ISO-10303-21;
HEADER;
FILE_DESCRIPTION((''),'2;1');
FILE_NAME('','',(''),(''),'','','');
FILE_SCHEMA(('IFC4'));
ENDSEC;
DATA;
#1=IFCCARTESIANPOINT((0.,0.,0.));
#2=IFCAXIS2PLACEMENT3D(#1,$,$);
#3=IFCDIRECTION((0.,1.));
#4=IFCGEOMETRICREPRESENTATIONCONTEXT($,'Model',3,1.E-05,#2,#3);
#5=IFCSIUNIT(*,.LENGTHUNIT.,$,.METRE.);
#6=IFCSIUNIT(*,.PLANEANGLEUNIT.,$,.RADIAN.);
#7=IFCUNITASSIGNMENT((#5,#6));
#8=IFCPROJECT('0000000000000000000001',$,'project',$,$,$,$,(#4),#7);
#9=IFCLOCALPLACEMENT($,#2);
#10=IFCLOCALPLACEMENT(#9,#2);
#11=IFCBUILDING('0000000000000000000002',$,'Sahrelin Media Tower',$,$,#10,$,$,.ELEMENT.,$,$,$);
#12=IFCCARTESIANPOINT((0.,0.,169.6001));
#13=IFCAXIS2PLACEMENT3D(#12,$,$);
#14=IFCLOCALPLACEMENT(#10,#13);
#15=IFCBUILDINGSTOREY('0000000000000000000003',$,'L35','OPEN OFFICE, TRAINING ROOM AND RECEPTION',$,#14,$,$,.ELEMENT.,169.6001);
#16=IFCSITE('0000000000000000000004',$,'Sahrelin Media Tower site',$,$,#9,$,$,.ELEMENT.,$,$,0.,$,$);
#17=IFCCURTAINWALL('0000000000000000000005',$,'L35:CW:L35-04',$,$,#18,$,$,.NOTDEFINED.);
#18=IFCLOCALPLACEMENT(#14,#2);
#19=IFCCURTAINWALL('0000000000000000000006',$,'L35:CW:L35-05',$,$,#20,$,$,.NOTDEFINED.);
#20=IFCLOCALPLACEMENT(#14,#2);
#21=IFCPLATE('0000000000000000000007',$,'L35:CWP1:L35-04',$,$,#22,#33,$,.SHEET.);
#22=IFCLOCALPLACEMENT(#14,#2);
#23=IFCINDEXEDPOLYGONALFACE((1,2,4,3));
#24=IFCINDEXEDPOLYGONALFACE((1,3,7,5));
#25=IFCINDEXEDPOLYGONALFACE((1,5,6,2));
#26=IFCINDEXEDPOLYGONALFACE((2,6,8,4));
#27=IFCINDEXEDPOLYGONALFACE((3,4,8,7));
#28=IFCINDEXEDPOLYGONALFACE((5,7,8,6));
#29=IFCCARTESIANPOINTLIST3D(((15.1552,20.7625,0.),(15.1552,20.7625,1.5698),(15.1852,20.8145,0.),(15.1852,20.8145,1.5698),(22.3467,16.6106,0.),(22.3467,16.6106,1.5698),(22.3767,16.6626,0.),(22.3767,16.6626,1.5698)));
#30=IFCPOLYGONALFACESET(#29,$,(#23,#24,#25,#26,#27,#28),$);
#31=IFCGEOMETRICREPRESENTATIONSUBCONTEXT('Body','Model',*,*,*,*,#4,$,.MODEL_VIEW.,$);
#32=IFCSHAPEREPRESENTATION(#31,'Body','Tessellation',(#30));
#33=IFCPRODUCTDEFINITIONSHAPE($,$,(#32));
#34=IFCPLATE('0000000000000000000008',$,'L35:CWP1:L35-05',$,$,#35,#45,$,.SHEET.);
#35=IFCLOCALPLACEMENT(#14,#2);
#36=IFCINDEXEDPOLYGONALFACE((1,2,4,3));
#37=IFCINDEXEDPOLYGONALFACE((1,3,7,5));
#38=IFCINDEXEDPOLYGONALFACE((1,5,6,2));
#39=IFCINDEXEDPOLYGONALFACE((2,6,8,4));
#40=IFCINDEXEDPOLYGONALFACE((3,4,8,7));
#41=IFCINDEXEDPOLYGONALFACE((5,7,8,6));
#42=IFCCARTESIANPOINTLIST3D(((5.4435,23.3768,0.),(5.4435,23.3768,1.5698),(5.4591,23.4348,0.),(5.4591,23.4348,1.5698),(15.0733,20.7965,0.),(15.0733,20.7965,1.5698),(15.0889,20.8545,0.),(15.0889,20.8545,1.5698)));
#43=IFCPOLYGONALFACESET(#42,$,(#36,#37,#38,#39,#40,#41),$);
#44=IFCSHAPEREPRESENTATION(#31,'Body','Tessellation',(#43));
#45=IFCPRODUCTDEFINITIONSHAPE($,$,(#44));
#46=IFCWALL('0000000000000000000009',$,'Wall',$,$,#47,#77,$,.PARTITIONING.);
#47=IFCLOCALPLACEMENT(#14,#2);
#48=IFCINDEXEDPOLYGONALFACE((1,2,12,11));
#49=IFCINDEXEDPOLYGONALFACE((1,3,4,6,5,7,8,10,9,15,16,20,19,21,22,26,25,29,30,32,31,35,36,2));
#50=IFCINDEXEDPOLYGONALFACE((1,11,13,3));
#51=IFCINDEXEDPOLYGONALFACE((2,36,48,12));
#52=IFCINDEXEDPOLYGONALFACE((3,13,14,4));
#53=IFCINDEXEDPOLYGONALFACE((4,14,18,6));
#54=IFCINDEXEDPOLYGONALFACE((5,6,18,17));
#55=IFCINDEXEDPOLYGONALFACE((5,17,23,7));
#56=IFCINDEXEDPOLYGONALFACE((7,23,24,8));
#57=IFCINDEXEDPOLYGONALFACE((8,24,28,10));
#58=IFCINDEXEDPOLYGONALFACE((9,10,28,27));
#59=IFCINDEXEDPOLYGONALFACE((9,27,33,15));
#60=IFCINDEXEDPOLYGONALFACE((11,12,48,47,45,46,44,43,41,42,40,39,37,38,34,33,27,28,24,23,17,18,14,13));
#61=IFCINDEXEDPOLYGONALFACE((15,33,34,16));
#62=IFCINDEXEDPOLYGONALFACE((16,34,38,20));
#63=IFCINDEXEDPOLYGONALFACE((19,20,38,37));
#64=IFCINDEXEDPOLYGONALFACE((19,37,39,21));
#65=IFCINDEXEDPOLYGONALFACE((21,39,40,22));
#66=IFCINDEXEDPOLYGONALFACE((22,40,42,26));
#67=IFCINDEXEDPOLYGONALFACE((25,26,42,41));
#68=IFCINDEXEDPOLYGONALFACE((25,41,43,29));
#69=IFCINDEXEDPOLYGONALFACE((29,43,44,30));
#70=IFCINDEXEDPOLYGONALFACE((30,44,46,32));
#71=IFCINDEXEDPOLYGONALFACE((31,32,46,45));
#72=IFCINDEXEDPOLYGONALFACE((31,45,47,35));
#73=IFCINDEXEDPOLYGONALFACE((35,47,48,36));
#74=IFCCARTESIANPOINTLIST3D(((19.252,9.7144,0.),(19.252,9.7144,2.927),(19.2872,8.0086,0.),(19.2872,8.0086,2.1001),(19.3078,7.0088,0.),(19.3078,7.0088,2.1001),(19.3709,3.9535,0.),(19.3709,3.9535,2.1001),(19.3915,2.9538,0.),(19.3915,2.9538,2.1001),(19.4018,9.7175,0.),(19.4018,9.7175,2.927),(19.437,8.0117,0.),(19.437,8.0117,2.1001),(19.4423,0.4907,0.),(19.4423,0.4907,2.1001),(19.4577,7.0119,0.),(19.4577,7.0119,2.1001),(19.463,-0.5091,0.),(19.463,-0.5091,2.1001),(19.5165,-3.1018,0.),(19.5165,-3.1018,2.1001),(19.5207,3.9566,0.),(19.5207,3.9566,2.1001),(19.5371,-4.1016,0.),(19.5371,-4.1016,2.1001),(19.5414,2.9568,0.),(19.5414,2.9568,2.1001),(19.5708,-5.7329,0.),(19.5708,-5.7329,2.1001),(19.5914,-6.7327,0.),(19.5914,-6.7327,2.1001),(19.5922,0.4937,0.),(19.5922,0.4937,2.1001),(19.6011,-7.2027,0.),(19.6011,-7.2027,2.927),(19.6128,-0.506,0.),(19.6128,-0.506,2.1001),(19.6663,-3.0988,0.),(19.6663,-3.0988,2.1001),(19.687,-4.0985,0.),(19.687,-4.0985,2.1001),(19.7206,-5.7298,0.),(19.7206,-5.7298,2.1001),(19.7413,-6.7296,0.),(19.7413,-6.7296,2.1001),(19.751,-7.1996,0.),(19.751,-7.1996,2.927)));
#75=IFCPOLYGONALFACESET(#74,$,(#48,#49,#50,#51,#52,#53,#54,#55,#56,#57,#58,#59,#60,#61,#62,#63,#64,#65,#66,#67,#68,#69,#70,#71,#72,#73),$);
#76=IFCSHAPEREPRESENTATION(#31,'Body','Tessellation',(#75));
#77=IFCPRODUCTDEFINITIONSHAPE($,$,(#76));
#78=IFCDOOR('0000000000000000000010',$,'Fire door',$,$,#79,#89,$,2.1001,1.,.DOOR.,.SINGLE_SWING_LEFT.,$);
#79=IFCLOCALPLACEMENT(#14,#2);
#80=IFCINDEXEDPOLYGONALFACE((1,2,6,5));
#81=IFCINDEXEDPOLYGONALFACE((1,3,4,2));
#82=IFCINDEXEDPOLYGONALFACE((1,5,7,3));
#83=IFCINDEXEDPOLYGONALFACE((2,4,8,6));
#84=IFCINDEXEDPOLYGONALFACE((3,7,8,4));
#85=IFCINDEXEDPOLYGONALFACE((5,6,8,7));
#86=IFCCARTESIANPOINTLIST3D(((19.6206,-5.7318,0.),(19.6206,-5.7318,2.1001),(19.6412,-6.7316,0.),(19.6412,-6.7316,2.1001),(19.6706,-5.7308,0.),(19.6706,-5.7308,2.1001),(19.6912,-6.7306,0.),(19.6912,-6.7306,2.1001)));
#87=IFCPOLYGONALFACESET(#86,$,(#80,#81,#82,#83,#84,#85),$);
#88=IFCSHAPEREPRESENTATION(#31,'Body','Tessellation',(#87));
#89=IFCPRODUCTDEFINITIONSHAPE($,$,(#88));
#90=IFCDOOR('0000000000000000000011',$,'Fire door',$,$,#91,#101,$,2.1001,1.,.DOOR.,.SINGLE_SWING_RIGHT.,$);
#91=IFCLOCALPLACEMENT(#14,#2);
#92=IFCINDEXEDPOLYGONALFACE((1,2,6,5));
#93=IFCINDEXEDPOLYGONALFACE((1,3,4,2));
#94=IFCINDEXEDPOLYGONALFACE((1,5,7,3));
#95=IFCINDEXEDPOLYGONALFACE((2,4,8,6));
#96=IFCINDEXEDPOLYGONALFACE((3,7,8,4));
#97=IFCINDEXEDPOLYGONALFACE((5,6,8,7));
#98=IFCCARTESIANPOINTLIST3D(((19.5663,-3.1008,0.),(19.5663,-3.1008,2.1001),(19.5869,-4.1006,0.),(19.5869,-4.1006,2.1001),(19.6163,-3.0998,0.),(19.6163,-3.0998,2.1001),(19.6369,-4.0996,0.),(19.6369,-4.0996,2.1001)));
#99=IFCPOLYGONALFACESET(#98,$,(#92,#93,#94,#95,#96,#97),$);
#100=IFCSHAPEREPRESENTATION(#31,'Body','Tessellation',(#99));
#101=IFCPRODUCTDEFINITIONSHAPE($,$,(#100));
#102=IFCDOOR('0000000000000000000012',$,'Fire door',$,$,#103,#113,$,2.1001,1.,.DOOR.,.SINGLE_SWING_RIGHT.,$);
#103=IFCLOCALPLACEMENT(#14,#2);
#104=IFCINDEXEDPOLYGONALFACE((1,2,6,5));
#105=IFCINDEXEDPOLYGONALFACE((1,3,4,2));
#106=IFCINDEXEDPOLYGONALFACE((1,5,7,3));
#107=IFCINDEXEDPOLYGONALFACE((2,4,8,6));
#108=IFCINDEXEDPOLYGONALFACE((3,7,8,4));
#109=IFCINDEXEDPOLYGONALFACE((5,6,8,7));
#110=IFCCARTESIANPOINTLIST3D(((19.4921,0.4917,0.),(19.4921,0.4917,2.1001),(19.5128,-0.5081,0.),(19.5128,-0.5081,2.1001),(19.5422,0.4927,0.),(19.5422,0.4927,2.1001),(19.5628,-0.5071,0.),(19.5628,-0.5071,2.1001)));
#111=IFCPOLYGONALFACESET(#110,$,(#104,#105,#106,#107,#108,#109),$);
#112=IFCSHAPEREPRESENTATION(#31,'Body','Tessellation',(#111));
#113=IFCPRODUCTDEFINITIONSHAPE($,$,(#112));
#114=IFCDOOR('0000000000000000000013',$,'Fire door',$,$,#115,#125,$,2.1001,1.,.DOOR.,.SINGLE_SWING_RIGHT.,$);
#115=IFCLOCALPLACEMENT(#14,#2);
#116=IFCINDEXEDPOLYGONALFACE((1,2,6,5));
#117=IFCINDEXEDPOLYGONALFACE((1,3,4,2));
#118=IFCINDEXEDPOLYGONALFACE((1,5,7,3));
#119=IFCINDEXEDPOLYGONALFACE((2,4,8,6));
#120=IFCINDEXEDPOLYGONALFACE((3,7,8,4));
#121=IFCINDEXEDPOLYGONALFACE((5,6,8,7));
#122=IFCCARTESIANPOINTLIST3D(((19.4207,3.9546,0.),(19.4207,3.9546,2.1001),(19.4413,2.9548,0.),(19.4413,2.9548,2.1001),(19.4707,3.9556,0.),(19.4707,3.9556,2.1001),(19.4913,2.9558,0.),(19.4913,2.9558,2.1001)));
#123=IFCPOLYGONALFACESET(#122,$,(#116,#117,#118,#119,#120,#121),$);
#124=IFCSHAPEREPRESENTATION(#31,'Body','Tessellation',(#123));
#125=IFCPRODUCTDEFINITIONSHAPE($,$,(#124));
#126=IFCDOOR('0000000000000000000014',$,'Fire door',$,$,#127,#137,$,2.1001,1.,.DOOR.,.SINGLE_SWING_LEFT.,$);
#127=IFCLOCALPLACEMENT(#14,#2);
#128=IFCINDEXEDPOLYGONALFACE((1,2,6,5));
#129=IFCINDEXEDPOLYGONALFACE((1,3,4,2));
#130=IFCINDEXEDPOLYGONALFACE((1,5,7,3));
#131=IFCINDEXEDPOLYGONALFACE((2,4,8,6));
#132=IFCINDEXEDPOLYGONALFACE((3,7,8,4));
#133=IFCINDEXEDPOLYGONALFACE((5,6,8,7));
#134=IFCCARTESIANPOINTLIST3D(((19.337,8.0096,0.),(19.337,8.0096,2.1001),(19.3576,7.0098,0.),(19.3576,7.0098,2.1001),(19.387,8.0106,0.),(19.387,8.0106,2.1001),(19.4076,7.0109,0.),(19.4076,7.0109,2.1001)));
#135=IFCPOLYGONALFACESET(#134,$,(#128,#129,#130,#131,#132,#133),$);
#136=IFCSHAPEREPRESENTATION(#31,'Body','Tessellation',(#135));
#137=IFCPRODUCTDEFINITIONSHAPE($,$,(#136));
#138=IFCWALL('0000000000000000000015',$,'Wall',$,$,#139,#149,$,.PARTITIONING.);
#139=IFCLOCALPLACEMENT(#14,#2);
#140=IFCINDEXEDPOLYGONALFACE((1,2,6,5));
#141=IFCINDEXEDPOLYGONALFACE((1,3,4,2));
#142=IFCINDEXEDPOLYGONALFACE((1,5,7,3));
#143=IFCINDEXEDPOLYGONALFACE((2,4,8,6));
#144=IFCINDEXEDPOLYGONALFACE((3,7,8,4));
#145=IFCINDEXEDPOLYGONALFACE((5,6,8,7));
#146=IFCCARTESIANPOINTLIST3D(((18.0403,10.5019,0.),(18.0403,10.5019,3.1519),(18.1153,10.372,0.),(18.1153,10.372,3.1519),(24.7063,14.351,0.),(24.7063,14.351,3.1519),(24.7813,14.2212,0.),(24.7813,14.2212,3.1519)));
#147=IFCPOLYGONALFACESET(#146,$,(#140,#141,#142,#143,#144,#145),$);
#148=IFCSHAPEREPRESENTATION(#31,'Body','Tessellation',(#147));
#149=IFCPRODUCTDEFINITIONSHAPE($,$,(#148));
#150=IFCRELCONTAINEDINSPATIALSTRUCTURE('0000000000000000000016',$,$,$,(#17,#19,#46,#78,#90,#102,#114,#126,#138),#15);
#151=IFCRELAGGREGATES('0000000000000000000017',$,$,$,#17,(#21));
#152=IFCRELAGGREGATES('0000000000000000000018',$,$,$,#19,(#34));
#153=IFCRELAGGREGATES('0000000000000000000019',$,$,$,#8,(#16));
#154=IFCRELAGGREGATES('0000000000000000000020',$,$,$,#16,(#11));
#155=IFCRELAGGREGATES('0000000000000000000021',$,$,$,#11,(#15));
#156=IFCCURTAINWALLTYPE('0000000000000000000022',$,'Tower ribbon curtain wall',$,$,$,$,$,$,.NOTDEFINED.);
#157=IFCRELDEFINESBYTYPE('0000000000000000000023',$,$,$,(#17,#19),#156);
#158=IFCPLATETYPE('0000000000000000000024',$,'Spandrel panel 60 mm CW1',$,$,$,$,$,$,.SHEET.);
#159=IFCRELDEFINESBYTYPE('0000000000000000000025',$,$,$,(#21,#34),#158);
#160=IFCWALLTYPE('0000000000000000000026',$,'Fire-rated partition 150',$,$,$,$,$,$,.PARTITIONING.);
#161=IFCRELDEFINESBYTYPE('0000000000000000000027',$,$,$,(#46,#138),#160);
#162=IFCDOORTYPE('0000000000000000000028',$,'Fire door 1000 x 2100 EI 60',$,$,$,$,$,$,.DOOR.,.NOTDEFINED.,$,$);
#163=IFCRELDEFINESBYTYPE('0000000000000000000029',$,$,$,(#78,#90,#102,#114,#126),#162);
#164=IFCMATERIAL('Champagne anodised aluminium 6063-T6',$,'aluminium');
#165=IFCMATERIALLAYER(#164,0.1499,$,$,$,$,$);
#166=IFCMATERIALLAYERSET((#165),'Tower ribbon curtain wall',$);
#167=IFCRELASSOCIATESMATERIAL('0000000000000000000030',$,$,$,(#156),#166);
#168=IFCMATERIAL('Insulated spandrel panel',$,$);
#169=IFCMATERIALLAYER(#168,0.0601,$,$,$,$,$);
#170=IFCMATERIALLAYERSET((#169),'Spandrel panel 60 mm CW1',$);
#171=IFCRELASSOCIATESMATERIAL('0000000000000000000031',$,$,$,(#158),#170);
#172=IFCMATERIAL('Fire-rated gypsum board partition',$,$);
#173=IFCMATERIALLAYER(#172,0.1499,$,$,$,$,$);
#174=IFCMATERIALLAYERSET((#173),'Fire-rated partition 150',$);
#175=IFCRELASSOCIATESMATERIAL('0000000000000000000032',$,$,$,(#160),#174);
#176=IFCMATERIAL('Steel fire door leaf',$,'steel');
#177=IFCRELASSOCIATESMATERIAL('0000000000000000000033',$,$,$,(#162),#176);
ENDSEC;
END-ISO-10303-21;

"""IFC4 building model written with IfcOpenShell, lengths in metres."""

from ifc_helpers import new_model, si_unit, direction, frame, frame_2d, origin, place, context, subcontext, project, spatial, polyline, rectangle, outline, extrude, material, layer, layer_set, type_object, element, fill, aggregate, save


model = new_model("IFC4")

# Units and contexts
model_context = context("Model", 3, precision=1e-05, world=origin(), true_north=direction((0.0, 1.0)))
body_context = subcontext(model_context, "Body", "Model", "MODEL_VIEW")
ifc_project = project(units=[si_unit("LENGTHUNIT", "METRE"), si_unit("PLANEANGLEUNIT", "RADIAN")], contexts=[model_context])

# Site, building, storey
site_placement = place(None, origin())
site = spatial("IfcSite", under=ifc_project, at=site_placement, Name="Sahrelin Media Tower site", CompositionType="ELEMENT", RefElevation=0.0)
building_placement = place(site_placement, origin())
building = spatial("IfcBuilding", under=site, at=building_placement, Name="Sahrelin Media Tower", CompositionType="ELEMENT")
storey_placement = place(building_placement, frame((0.0, 0.0, 169.6001)))
storey = spatial("IfcBuildingStorey", under=building, at=storey_placement, Name="L35", Description="OPEN OFFICE, TRAINING ROOM AND RECEPTION", CompositionType="ELEMENT", Elevation=169.6001)

# Curtain wall
ifc_material_1 = material(Name="Champagne anodised aluminium 6063-T6", Category="aluminium")
ifc_layer_1 = layer(ifc_material_1, 0.1499)
ifc_layer_set_1 = layer_set([ifc_layer_1], Name="Tower ribbon curtain wall")
curtain_wall_type = type_object("IfcCurtainWallType", Name="Tower ribbon curtain wall", PredefinedType="NOTDEFINED", material=ifc_layer_set_1)
curtain_wall_1_placement = place(storey_placement, frame((18.771, 18.7212, 0.0), z_axis=(0.0, 0.0, 1.0), x_axis=(1.0, 0.0, 0.0)))
curtain_wall_1 = element("IfcCurtainWall", 1, at=curtain_wall_1_placement, inside=storey, type_object=curtain_wall_type, Name="L35:CW:L35-04", PredefinedType="NOTDEFINED")

# Curtain wall
curtain_wall_2_placement = place(storey_placement, frame((10.2688, 22.1252, 0.0), z_axis=(0.0, 0.0, 1.0), x_axis=(1.0, 0.0, 0.0)))
curtain_wall_2 = element("IfcCurtainWall", 2, at=curtain_wall_2_placement, inside=storey, type_object=curtain_wall_type, Name="L35:CW:L35-05", PredefinedType="NOTDEFINED")

# Plates
ifc_material_2 = material(Name="Insulated spandrel panel")
ifc_layer_2 = layer(ifc_material_2, 0.0601)
ifc_layer_set_2 = layer_set([ifc_layer_2], Name="Spandrel panel 60 mm CW1")
plate_type_1 = type_object("IfcPlateType", Name="Spandrel panel 60 mm CW1", PredefinedType="SHEET", material=ifc_layer_set_2)
plate_1_placement = place(storey_placement, frame((22.3767, 16.6626, 0.0), z_axis=(0.499991, 0.866031, 0.0), x_axis=(-0.866031, 0.499991, 0.0)))
plate_1 = element("IfcPlate", 3, at=plate_1_placement, type_object=plate_type_1, Name="L35:CWP1:L35-04", PredefinedType="SHEET", context=body_context, shape_type="SweptSolid", body=[
    extrude(outline(polyline([(0.0, 0.0), (8.304, 0.0), (8.304, 1.5698), (0.0, 1.5698), (0.0, 0.0)])), origin(), (0.0, 0.0, -1.0), 0.0601),
])
aggregate(curtain_wall_1, [plate_1])
plate_2_placement = place(storey_placement, frame((15.0889, 20.8545, 0.0), z_axis=(0.258819, 0.965926, 0.0), x_axis=(-0.965926, 0.258819, 0.0)))
plate_2 = element("IfcPlate", 4, at=plate_2_placement, type_object=plate_type_1, Name="L35:CWP1:L35-05", PredefinedType="SHEET", context=body_context, shape_type="SweptSolid", body=[
    extrude(outline(polyline([(0.0, 0.0), (9.9695, 0.0), (9.9695, 1.5698), (0.0, 1.5698), (0.0, 0.0)])), origin(), (0.0, 0.0, -1.0), 0.0601),
])
aggregate(curtain_wall_2, [plate_2])

# Wall, openings, doors
ifc_material_3 = material(Name="Fire-rated gypsum board partition")
ifc_layer_3 = layer(ifc_material_3, 0.1499)
ifc_layer_set_3 = layer_set([ifc_layer_3], Name="Fire-rated partition 150")
wall_type_1 = type_object("IfcWallType", Name="Fire-rated partition 150", PredefinedType="PARTITIONING", material=ifc_layer_set_3)
wall_1_placement = place(storey_placement, frame((19.3269, 9.7161, 0.0), z_axis=(0.0, 0.0, 1.0), x_axis=(0.020633, -0.999787, 0.0)))
wall_1 = element("IfcWall", 5, at=wall_1_placement, inside=storey, type_object=wall_type_1, Name="Wall", PredefinedType="PARTITIONING", context=body_context, shape_type="SweptSolid", body=[
    extrude(rectangle(XDim=16.9207, YDim=0.1499, at=frame_2d((8.4604, 0.0))), origin(), (0.0, 0.0, 1.0), 2.927),
])
opening_1_placement = place(wall_1_placement, frame((15.4507, 0.0, 0.0)))
opening_1 = element("IfcOpeningElement", 6, at=opening_1_placement, cuts=wall_1, PredefinedType="OPENING", context=body_context, shape_type="SweptSolid", body=[
    extrude(rectangle(XDim=1.0, YDim=2.1001, at=frame_2d((0.5, 1.05))), frame((0.0, 0.075, 0.0), z_axis=(0.0, -1.0, 0.0), x_axis=(1.0, 0.0, 0.0)), (0.0, 0.0, 1.0), 0.1499),
])
opening_2_placement = place(wall_1_placement, frame((12.8191, 0.0, 0.0)))
opening_2 = element("IfcOpeningElement", 7, at=opening_2_placement, cuts=wall_1, PredefinedType="OPENING", context=body_context, shape_type="SweptSolid", body=[
    extrude(rectangle(XDim=1.0, YDim=2.1001, at=frame_2d((0.5, 1.05))), frame((0.0, 0.075, 0.0), z_axis=(0.0, -1.0, 0.0), x_axis=(1.0, 0.0, 0.0)), (0.0, 0.0, 1.0), 0.1499),
])
opening_3_placement = place(wall_1_placement, frame((9.2258, 0.0, 0.0)))
opening_3 = element("IfcOpeningElement", 8, at=opening_3_placement, cuts=wall_1, PredefinedType="OPENING", context=body_context, shape_type="SweptSolid", body=[
    extrude(rectangle(XDim=1.0, YDim=2.1001, at=frame_2d((0.5, 1.05))), frame((0.0, 0.075, 0.0), z_axis=(0.0, -1.0, 0.0), x_axis=(1.0, 0.0, 0.0)), (0.0, 0.0, 1.0), 0.1499),
])
opening_4_placement = place(wall_1_placement, frame((5.7622, 0.0, 0.0)))
opening_4 = element("IfcOpeningElement", 9, at=opening_4_placement, cuts=wall_1, PredefinedType="OPENING", context=body_context, shape_type="SweptSolid", body=[
    extrude(rectangle(XDim=1.0, YDim=2.1001, at=frame_2d((0.5, 1.05))), frame((0.0, 0.075, 0.0), z_axis=(0.0, -1.0, 0.0), x_axis=(1.0, 0.0, 0.0)), (0.0, 0.0, 1.0), 0.1499),
])
opening_5_placement = place(wall_1_placement, frame((1.7063, 0.0, 0.0)))
opening_5 = element("IfcOpeningElement", 10, at=opening_5_placement, cuts=wall_1, PredefinedType="OPENING", context=body_context, shape_type="SweptSolid", body=[
    extrude(rectangle(XDim=1.0, YDim=2.1001, at=frame_2d((0.5, 1.05))), frame((0.0, 0.075, 0.0), z_axis=(0.0, -1.0, 0.0), x_axis=(1.0, 0.0, 0.0)), (0.0, 0.0, 1.0), 0.1499),
])
ifc_material_4 = material(Name="Steel fire door leaf", Category="steel")
door_type_1 = type_object("IfcDoorType", Name="Fire door 1000 x 2100 EI 60", OperationType="NOTDEFINED", PredefinedType="DOOR", material=ifc_material_4)
door_1_placement = place(opening_1_placement, origin())
door_1 = element("IfcDoor", 11, at=door_1_placement, inside=storey, type_object=door_type_1, Name="Fire door", OperationType="SINGLE_SWING_LEFT", OverallHeight=2.1001, OverallWidth=1.0, PredefinedType="DOOR", context=body_context, shape_type="SweptSolid", body=[
    extrude(rectangle(XDim=1.0, YDim=2.1001, at=frame_2d((0.5, 1.05))), frame((0.0, 0.0249, 0.0), z_axis=(0.0, -1.0, 0.0), x_axis=(1.0, 0.0, 0.0)), (0.0, 0.0, 1.0), 0.05),
])
fill(opening_1, door_1)
door_2_placement = place(opening_2_placement, origin())
door_2 = element("IfcDoor", 12, at=door_2_placement, inside=storey, type_object=door_type_1, Name="Fire door", OperationType="SINGLE_SWING_RIGHT", OverallHeight=2.1001, OverallWidth=1.0, PredefinedType="DOOR", context=body_context, shape_type="SweptSolid", body=[
    extrude(rectangle(XDim=1.0, YDim=2.1001, at=frame_2d((0.5, 1.05))), frame((0.0, 0.0249, 0.0), z_axis=(0.0, -1.0, 0.0), x_axis=(1.0, 0.0, 0.0)), (0.0, 0.0, 1.0), 0.05),
])
fill(opening_2, door_2)
door_3_placement = place(opening_3_placement, origin())
door_3 = element("IfcDoor", 13, at=door_3_placement, inside=storey, type_object=door_type_1, Name="Fire door", OperationType="SINGLE_SWING_RIGHT", OverallHeight=2.1001, OverallWidth=1.0, PredefinedType="DOOR", context=body_context, shape_type="SweptSolid", body=[
    extrude(rectangle(XDim=1.0, YDim=2.1001, at=frame_2d((0.5, 1.05))), frame((0.0, 0.0249, 0.0), z_axis=(0.0, -1.0, 0.0), x_axis=(1.0, 0.0, 0.0)), (0.0, 0.0, 1.0), 0.05),
])
fill(opening_3, door_3)
door_4_placement = place(opening_4_placement, origin())
door_4 = element("IfcDoor", 14, at=door_4_placement, inside=storey, type_object=door_type_1, Name="Fire door", OperationType="SINGLE_SWING_RIGHT", OverallHeight=2.1001, OverallWidth=1.0, PredefinedType="DOOR", context=body_context, shape_type="SweptSolid", body=[
    extrude(rectangle(XDim=1.0, YDim=2.1001, at=frame_2d((0.5, 1.05))), frame((0.0, 0.0249, 0.0), z_axis=(0.0, -1.0, 0.0), x_axis=(1.0, 0.0, 0.0)), (0.0, 0.0, 1.0), 0.05),
])
fill(opening_4, door_4)
door_5_placement = place(opening_5_placement, origin())
door_5 = element("IfcDoor", 15, at=door_5_placement, inside=storey, type_object=door_type_1, Name="Fire door", OperationType="SINGLE_SWING_LEFT", OverallHeight=2.1001, OverallWidth=1.0, PredefinedType="DOOR", context=body_context, shape_type="SweptSolid", body=[
    extrude(rectangle(XDim=1.0, YDim=2.1001, at=frame_2d((0.5, 1.05))), frame((0.0, 0.0249, 0.0), z_axis=(0.0, -1.0, 0.0), x_axis=(1.0, 0.0, 0.0)), (0.0, 0.0, 1.0), 0.05),
])
fill(opening_5, door_5)

# Wall
wall_2_placement = place(storey_placement, frame((18.0779, 10.437, 0.0), z_axis=(0.0, 0.0, 1.0), x_axis=(0.865998, 0.500048, 0.0)))
element("IfcWall", 16, at=wall_2_placement, inside=storey, type_object=wall_type_1, Name="Wall", PredefinedType="PARTITIONING", context=body_context, shape_type="SweptSolid", body=[
    extrude(rectangle(XDim=7.6975, YDim=0.1499, at=frame_2d((3.8486, 0.0))), origin(), (0.0, 0.0, 1.0), 3.1519),
])

save(model, "model.ifc")
